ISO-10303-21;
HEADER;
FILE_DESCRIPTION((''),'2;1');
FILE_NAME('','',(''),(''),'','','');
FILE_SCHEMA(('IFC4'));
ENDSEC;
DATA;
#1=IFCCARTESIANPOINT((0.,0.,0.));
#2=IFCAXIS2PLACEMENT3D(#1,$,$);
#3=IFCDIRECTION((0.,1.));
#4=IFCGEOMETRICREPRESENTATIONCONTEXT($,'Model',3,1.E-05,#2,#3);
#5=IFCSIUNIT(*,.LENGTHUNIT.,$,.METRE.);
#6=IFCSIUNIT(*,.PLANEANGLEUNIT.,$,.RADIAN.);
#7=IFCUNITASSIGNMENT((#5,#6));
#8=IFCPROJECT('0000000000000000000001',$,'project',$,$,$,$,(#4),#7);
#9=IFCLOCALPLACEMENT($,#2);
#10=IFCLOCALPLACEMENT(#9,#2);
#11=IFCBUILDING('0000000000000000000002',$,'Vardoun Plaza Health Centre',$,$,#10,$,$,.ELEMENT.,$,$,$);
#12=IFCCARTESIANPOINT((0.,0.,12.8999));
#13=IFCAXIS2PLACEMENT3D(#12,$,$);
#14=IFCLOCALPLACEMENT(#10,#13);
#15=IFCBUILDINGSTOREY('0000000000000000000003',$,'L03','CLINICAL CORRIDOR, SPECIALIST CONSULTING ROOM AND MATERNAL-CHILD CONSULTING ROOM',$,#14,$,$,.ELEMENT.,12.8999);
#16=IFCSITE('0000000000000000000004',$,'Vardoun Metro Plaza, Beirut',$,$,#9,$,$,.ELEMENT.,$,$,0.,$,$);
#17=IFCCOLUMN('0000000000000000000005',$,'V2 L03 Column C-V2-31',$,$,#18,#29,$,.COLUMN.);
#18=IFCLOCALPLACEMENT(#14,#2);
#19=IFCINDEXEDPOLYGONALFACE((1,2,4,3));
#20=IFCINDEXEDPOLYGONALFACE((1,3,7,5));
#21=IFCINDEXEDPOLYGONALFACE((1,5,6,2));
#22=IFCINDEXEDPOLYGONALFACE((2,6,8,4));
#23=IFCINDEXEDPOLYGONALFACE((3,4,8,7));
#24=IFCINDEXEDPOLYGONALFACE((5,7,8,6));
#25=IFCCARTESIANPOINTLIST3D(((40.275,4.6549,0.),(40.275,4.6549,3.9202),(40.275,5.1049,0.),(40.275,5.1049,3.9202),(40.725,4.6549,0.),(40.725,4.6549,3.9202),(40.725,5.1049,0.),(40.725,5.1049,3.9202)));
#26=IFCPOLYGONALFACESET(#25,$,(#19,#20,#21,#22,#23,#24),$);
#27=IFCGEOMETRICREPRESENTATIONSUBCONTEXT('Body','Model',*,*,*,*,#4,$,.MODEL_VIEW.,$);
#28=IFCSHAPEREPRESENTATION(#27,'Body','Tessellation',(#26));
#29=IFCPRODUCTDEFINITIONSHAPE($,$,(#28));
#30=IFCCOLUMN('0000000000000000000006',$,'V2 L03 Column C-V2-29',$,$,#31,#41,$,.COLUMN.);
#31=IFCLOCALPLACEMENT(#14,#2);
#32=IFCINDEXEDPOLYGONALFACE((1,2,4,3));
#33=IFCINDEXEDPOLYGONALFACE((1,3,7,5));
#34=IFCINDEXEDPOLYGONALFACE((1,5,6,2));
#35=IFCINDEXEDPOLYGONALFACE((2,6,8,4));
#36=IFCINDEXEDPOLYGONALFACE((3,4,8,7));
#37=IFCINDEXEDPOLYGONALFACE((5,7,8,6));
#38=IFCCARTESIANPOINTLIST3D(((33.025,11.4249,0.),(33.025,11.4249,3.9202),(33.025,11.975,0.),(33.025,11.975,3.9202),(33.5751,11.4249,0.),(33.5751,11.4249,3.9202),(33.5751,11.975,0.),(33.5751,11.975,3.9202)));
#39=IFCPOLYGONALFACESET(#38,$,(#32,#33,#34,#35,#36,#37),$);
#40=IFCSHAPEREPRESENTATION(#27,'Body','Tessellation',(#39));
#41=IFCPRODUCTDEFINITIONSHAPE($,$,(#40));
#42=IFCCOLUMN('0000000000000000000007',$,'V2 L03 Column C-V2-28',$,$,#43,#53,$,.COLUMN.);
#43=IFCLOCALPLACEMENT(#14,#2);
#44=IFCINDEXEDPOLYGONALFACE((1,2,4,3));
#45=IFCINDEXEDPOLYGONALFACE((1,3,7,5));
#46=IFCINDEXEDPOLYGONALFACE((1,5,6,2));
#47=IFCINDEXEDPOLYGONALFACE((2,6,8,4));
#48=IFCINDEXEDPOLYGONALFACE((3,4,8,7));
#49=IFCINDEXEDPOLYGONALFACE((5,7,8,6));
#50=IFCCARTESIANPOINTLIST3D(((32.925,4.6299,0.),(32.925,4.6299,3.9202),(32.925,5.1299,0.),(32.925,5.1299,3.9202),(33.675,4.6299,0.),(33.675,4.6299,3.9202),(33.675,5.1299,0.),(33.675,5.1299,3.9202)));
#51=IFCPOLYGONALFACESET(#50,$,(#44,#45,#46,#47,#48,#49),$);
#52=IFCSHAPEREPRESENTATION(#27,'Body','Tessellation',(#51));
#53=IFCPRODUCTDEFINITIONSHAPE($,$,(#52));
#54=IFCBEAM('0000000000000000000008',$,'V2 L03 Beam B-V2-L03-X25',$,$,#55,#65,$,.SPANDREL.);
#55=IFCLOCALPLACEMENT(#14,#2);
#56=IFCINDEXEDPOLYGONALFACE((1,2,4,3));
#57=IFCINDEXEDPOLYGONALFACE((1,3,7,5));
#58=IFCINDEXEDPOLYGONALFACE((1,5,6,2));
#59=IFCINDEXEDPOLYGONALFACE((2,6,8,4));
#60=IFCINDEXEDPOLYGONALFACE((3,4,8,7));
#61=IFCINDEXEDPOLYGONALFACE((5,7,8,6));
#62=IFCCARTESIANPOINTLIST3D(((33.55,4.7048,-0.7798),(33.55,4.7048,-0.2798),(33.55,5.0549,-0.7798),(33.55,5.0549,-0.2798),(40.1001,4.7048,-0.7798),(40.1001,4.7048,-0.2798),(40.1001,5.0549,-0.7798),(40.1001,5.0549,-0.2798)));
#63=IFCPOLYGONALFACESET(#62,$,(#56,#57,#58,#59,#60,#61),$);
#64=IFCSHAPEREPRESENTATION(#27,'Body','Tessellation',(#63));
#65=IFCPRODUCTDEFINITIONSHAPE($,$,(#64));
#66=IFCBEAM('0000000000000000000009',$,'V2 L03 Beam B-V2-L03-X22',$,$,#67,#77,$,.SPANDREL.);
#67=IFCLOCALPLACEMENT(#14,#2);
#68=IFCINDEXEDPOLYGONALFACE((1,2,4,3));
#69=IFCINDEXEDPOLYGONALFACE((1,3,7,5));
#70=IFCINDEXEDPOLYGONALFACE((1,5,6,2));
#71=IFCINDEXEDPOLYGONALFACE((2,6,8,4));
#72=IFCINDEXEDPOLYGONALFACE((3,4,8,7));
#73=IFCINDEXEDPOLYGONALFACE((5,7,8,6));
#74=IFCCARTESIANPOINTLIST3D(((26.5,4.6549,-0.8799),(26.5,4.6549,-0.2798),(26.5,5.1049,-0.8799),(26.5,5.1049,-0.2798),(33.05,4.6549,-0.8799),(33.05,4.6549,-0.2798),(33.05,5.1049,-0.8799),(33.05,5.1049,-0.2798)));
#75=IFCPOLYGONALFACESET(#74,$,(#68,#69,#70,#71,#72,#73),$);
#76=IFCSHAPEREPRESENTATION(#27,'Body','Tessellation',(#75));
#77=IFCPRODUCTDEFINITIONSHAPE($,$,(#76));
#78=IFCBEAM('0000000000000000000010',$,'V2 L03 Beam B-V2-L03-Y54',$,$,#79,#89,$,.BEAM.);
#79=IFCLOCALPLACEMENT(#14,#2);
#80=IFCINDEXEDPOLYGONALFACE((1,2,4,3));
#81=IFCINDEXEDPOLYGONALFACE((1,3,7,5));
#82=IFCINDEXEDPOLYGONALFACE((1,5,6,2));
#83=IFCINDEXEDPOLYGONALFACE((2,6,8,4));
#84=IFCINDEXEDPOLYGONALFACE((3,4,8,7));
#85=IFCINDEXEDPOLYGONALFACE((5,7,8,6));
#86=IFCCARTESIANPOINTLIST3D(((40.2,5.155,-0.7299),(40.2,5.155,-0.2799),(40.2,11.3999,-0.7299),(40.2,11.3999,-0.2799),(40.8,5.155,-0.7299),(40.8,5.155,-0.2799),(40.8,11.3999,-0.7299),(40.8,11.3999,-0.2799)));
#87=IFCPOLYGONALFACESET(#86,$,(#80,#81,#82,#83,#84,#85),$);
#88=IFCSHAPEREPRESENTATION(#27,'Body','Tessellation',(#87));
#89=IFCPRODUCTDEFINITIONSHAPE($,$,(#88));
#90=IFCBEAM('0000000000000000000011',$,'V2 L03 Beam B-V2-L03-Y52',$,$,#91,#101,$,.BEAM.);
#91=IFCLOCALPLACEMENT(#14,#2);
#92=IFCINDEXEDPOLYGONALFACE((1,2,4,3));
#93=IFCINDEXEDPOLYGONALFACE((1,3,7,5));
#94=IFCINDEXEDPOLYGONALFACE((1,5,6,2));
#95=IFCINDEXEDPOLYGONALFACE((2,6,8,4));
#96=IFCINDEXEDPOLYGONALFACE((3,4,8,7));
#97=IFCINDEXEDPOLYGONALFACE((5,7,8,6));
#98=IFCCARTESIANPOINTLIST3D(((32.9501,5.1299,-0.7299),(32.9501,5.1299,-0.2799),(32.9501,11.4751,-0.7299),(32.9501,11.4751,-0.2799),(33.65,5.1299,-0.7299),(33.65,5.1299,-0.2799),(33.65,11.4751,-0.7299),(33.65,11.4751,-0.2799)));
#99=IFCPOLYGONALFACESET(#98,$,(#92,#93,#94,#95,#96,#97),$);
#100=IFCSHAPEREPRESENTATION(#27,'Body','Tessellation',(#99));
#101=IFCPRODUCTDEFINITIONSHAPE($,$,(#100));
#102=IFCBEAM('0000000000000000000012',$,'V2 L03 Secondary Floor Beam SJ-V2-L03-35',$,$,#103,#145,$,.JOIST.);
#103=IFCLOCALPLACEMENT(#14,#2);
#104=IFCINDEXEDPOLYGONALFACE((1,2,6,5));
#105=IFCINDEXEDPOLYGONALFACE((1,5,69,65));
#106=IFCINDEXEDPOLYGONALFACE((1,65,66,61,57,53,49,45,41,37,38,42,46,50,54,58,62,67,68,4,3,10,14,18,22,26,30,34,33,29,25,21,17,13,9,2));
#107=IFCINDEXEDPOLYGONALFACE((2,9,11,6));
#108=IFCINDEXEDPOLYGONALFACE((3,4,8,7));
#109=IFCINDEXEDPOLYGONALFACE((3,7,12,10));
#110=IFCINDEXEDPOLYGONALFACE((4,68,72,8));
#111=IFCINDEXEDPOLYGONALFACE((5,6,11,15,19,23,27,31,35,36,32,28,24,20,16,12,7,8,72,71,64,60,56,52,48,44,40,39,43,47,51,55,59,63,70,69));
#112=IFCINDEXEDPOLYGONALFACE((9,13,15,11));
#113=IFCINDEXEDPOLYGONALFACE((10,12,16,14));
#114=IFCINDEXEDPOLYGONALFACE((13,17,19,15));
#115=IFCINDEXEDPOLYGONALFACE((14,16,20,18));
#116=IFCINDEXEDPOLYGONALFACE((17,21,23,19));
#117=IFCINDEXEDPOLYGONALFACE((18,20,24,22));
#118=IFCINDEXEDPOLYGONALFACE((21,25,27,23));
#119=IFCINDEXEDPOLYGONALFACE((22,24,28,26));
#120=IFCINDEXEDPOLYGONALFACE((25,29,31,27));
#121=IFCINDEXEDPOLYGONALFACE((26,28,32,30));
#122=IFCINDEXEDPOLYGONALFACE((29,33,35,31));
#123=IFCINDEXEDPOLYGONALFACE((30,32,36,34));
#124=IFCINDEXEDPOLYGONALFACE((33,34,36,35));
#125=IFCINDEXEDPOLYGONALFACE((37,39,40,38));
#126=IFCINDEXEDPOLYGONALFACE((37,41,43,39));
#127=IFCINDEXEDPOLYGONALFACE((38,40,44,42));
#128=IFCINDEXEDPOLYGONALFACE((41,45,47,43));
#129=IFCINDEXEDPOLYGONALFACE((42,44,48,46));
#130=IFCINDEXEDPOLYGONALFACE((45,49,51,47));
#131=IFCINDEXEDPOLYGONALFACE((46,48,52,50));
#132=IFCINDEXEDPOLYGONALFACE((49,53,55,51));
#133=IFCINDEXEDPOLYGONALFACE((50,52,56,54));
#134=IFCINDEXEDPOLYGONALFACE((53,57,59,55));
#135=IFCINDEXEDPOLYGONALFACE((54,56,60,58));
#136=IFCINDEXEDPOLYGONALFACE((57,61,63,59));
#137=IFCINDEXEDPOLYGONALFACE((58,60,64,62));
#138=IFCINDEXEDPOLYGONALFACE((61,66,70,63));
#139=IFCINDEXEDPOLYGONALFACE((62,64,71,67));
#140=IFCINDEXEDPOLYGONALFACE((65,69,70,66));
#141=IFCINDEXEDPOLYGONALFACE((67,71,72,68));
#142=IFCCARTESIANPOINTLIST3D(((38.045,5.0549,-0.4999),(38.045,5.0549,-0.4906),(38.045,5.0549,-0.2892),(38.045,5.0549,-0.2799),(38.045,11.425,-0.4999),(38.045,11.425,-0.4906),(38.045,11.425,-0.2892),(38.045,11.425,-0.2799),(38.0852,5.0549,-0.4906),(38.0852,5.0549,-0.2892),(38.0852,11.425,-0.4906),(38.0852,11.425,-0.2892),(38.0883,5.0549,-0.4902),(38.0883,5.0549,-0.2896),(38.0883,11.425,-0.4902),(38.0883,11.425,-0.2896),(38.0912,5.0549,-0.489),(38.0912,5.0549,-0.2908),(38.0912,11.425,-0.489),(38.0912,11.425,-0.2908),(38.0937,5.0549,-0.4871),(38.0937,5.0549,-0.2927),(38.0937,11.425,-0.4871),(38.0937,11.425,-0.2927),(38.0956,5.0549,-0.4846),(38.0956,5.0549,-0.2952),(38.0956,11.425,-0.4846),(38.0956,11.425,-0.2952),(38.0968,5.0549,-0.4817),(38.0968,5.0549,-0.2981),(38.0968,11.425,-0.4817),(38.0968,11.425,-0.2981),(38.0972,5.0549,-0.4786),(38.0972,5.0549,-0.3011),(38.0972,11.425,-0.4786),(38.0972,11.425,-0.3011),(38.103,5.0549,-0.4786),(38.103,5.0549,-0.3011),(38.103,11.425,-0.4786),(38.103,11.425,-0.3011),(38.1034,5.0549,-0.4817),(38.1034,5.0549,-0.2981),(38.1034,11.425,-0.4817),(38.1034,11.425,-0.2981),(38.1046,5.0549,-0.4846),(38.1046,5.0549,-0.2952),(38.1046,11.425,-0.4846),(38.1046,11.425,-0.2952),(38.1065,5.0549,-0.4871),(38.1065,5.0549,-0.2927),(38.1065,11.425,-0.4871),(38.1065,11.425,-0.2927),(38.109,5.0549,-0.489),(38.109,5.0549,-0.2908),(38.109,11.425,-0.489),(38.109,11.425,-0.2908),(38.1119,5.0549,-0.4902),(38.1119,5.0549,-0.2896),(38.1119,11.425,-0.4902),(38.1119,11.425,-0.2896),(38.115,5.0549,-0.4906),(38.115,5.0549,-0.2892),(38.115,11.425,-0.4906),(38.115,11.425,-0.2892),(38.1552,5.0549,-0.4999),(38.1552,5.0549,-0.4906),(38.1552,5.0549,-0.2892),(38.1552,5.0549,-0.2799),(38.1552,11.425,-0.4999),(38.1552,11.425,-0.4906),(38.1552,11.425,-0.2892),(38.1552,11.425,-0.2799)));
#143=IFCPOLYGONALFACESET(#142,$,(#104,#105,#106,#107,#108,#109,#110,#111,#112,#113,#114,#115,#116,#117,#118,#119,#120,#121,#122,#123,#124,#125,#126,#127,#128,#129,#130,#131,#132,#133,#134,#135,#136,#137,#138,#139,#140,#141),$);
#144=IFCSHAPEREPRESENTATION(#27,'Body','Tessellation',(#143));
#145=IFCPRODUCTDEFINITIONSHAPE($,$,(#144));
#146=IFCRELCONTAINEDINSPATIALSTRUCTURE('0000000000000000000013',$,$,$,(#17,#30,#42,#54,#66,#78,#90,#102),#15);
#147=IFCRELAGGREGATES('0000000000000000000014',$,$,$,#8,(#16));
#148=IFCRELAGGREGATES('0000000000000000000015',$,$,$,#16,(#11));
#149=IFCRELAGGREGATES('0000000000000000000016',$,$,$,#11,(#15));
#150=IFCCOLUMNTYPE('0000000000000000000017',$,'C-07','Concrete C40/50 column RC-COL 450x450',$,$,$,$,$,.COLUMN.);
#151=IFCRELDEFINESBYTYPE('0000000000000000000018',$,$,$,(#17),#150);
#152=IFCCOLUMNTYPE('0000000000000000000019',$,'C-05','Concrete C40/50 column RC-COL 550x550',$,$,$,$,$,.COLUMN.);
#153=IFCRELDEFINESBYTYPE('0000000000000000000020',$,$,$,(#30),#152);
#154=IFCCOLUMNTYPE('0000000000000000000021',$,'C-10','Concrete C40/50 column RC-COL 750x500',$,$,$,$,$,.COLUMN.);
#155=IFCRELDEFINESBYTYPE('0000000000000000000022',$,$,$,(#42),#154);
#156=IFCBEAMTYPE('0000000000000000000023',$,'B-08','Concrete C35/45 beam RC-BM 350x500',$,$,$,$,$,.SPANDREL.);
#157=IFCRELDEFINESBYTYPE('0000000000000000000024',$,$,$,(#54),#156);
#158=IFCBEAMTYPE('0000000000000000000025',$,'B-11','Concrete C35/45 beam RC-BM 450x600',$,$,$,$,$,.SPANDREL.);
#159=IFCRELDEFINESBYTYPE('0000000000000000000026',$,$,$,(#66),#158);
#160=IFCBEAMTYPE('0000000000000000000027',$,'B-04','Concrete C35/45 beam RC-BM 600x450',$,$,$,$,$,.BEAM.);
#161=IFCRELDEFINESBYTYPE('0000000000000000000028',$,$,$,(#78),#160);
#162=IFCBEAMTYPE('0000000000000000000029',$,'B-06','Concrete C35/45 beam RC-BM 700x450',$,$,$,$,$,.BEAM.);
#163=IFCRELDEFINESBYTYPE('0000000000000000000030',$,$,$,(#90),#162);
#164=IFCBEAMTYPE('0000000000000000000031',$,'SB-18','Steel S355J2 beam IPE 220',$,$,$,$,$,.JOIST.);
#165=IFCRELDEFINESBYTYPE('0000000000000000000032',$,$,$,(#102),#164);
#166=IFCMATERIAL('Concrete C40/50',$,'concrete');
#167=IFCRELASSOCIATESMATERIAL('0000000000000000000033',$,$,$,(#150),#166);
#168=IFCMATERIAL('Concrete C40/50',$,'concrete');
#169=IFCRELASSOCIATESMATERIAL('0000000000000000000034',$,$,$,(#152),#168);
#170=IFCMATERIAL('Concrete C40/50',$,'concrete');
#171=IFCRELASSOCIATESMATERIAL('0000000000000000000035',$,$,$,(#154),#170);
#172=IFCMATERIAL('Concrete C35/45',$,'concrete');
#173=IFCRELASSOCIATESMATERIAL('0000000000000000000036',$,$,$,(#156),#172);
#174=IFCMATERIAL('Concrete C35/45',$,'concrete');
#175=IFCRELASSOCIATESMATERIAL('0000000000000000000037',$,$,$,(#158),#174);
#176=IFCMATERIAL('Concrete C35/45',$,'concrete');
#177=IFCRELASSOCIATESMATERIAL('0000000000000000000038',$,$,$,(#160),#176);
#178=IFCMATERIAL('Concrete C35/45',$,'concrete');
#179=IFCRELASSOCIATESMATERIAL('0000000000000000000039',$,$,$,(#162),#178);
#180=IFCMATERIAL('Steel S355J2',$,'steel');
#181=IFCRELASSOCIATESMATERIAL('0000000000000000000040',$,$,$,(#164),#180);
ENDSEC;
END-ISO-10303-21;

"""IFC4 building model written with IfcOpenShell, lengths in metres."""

from ifc_helpers import new_model, si_unit, direction, frame, origin, origin_2d, place, context, subcontext, project, spatial, rectangle, i_section, extrude, material, material_profile, profile_set, type_object, element, save


model = new_model("IFC4")

# Units and contexts
model_context = context("Model", 3, precision=1e-05, world=origin(), true_north=direction((0.0, 1.0)))
body_context = subcontext(model_context, "Body", "Model", "MODEL_VIEW")
ifc_project = project(units=[si_unit("LENGTHUNIT", "METRE"), si_unit("PLANEANGLEUNIT", "RADIAN")], contexts=[model_context])

# Site, building, storey
site_placement = place(None, origin())
site = spatial("IfcSite", under=ifc_project, at=site_placement, Name="Vardoun Metro Plaza, Beirut", CompositionType="ELEMENT", RefElevation=0.0)
building_placement = place(site_placement, origin())
building = spatial("IfcBuilding", under=site, at=building_placement, Name="Vardoun Plaza Health Centre", CompositionType="ELEMENT")
storey_placement = place(building_placement, frame((0.0, 0.0, 12.8999)))
storey = spatial("IfcBuildingStorey", under=building, at=storey_placement, Name="L03", Description="CLINICAL CORRIDOR, SPECIALIST CONSULTING ROOM AND MATERNAL-CHILD CONSULTING ROOM", CompositionType="ELEMENT", Elevation=12.8999)

# Columns
ifc_material_1 = material(Name="Concrete C40/50", Category="concrete")
ifc_material_profile_1 = material_profile(ifc_material_1, rectangle(XDim=0.45, YDim=0.45, at=origin_2d()), Name="RC-COL 450x450")
ifc_profile_set_1 = profile_set([ifc_material_profile_1], Name="Concrete C40/50")
column_type_1 = type_object("IfcColumnType", Name="C-07", Description="Concrete C40/50 column RC-COL 450x450", PredefinedType="COLUMN", material=ifc_profile_set_1)
column_1_placement = place(storey_placement, frame((40.5, 4.8799, 0.0), z_axis=(0.0, 0.0, 1.0), x_axis=(1.0, 0.0, 0.0)))
element("IfcColumn", 1, at=column_1_placement, inside=storey, type_object=column_type_1, Name="V2 L03 Column C-V2-31", PredefinedType="COLUMN", context=body_context, shape_type="SweptSolid", body=[
    extrude(rectangle(XDim=0.45, YDim=0.45, at=origin_2d()), origin(), (0.0, 0.0, 1.0), 3.9202),
])
ifc_material_2 = material(Name="Concrete C40/50", Category="concrete")
ifc_material_profile_2 = material_profile(ifc_material_2, rectangle(XDim=0.55, YDim=0.55, at=origin_2d()), Name="RC-COL 550x550")
ifc_profile_set_2 = profile_set([ifc_material_profile_2], Name="Concrete C40/50")
column_type_2 = type_object("IfcColumnType", Name="C-05", Description="Concrete C40/50 column RC-COL 550x550", PredefinedType="COLUMN", material=ifc_profile_set_2)
column_2_placement = place(storey_placement, frame((33.3, 11.7, 0.0), z_axis=(0.0, 0.0, 1.0), x_axis=(1.0, 0.0, 0.0)))
element("IfcColumn", 2, at=column_2_placement, inside=storey, type_object=column_type_2, Name="V2 L03 Column C-V2-29", PredefinedType="COLUMN", context=body_context, shape_type="SweptSolid", body=[
    extrude(rectangle(XDim=0.55, YDim=0.55, at=origin_2d()), origin(), (0.0, 0.0, 1.0), 3.9202),
])
ifc_material_3 = material(Name="Concrete C40/50", Category="concrete")
ifc_material_profile_3 = material_profile(ifc_material_3, rectangle(XDim=0.75, YDim=0.5, at=origin_2d()), Name="RC-COL 750x500")
ifc_profile_set_3 = profile_set([ifc_material_profile_3], Name="Concrete C40/50")
column_type_3 = type_object("IfcColumnType", Name="C-10", Description="Concrete C40/50 column RC-COL 750x500", PredefinedType="COLUMN", material=ifc_profile_set_3)
column_3_placement = place(storey_placement, frame((33.3, 4.8799, 0.0), z_axis=(0.0, 0.0, 1.0), x_axis=(1.0, 0.0, 0.0)))
element("IfcColumn", 3, at=column_3_placement, inside=storey, type_object=column_type_3, Name="V2 L03 Column C-V2-28", PredefinedType="COLUMN", context=body_context, shape_type="SweptSolid", body=[
    extrude(rectangle(XDim=0.75, YDim=0.5, at=origin_2d()), origin(), (0.0, 0.0, 1.0), 3.9202),
])

# Beams
ifc_material_4 = material(Name="Concrete C35/45", Category="concrete")
ifc_material_profile_4 = material_profile(ifc_material_4, rectangle(XDim=0.3501, YDim=0.5, at=origin_2d()), Name="RC-BM 350x500")
ifc_profile_set_4 = profile_set([ifc_material_profile_4], Name="Concrete C35/45")
beam_type_1 = type_object("IfcBeamType", Name="B-08", Description="Concrete C35/45 beam RC-BM 350x500", PredefinedType="SPANDREL", material=ifc_profile_set_4)
beam_1_placement = place(storey_placement, frame((33.55, 4.8799, -0.5298), z_axis=(1.0, 0.0, 0.0), x_axis=(0.0, 1.0, 0.0)))
element("IfcBeam", 4, at=beam_1_placement, inside=storey, type_object=beam_type_1, Name="V2 L03 Beam B-V2-L03-X25", PredefinedType="SPANDREL", context=body_context, shape_type="SweptSolid", body=[
    extrude(rectangle(XDim=0.3501, YDim=0.5, at=origin_2d()), origin(), (0.0, 0.0, 1.0), 6.55),
])
ifc_material_5 = material(Name="Concrete C35/45", Category="concrete")
ifc_material_profile_5 = material_profile(ifc_material_5, rectangle(XDim=0.45, YDim=0.6001, at=origin_2d()), Name="RC-BM 450x600")
ifc_profile_set_5 = profile_set([ifc_material_profile_5], Name="Concrete C35/45")
beam_type_2 = type_object("IfcBeamType", Name="B-11", Description="Concrete C35/45 beam RC-BM 450x600", PredefinedType="SPANDREL", material=ifc_profile_set_5)
beam_2_placement = place(storey_placement, frame((26.5, 4.8799, -0.5798), z_axis=(1.0, 0.0, 0.0), x_axis=(0.0, 1.0, 0.0)))
element("IfcBeam", 5, at=beam_2_placement, inside=storey, type_object=beam_type_2, Name="V2 L03 Beam B-V2-L03-X22", PredefinedType="SPANDREL", context=body_context, shape_type="SweptSolid", body=[
    extrude(rectangle(XDim=0.45, YDim=0.6001, at=origin_2d()), origin(), (0.0, 0.0, 1.0), 6.55),
])
ifc_material_6 = material(Name="Concrete C35/45", Category="concrete")
ifc_material_profile_6 = material_profile(ifc_material_6, rectangle(XDim=0.6001, YDim=0.45, at=origin_2d()), Name="RC-BM 600x450")
ifc_profile_set_6 = profile_set([ifc_material_profile_6], Name="Concrete C35/45")
beam_type_3 = type_object("IfcBeamType", Name="B-04", Description="Concrete C35/45 beam RC-BM 600x450", PredefinedType="BEAM", material=ifc_profile_set_6)
beam_3_placement = place(storey_placement, frame((40.5, 5.155, -0.5049), z_axis=(0.0, 1.0, 0.0), x_axis=(-1.0, 0.0, 0.0)))
element("IfcBeam", 6, at=beam_3_placement, inside=storey, type_object=beam_type_3, Name="V2 L03 Beam B-V2-L03-Y54", PredefinedType="BEAM", context=body_context, shape_type="SweptSolid", body=[
    extrude(rectangle(XDim=0.6001, YDim=0.45, at=origin_2d()), origin(), (0.0, 0.0, 1.0), 6.2449),
])
ifc_material_7 = material(Name="Concrete C35/45", Category="concrete")
ifc_material_profile_7 = material_profile(ifc_material_7, rectangle(XDim=0.7, YDim=0.45, at=origin_2d()), Name="RC-BM 700x450")
ifc_profile_set_7 = profile_set([ifc_material_profile_7], Name="Concrete C35/45")
beam_type_4 = type_object("IfcBeamType", Name="B-06", Description="Concrete C35/45 beam RC-BM 700x450", PredefinedType="BEAM", material=ifc_profile_set_7)
beam_4_placement = place(storey_placement, frame((33.3, 5.1299, -0.5049), z_axis=(0.0, 1.0, 0.0), x_axis=(-1.0, 0.0, 0.0)))
element("IfcBeam", 7, at=beam_4_placement, inside=storey, type_object=beam_type_4, Name="V2 L03 Beam B-V2-L03-Y52", PredefinedType="BEAM", context=body_context, shape_type="SweptSolid", body=[
    extrude(rectangle(XDim=0.7, YDim=0.45, at=origin_2d()), origin(), (0.0, 0.0, 1.0), 6.3452),
])
ifc_material_8 = material(Name="Steel S355J2", Category="steel")
ifc_material_profile_8 = material_profile(ifc_material_8, i_section(OverallWidth=0.1101, OverallDepth=0.22, WebThickness=0.0059, FlangeThickness=0.0093, FilletRadius=0.012, at=origin_2d()), Name="IPE 220")
ifc_profile_set_8 = profile_set([ifc_material_profile_8], Name="Steel S355J2")
beam_type_5 = type_object("IfcBeamType", Name="SB-18", Description="Steel S355J2 beam IPE 220", PredefinedType="JOIST", material=ifc_profile_set_8)
beam_5_placement = place(storey_placement, frame((38.1001, 5.0549, -0.3899), z_axis=(0.0, 1.0, 0.0), x_axis=(-1.0, 0.0, 0.0)))
element("IfcBeam", 8, at=beam_5_placement, inside=storey, type_object=beam_type_5, Name="V2 L03 Secondary Floor Beam SJ-V2-L03-35", PredefinedType="JOIST", context=body_context, shape_type="SweptSolid", body=[
    extrude(i_section(OverallWidth=0.1101, OverallDepth=0.22, WebThickness=0.0059, FlangeThickness=0.0093, FilletRadius=0.012, at=origin_2d()), origin(), (0.0, 0.0, 1.0), 6.3701),
])

save(model, "model.ifc")
